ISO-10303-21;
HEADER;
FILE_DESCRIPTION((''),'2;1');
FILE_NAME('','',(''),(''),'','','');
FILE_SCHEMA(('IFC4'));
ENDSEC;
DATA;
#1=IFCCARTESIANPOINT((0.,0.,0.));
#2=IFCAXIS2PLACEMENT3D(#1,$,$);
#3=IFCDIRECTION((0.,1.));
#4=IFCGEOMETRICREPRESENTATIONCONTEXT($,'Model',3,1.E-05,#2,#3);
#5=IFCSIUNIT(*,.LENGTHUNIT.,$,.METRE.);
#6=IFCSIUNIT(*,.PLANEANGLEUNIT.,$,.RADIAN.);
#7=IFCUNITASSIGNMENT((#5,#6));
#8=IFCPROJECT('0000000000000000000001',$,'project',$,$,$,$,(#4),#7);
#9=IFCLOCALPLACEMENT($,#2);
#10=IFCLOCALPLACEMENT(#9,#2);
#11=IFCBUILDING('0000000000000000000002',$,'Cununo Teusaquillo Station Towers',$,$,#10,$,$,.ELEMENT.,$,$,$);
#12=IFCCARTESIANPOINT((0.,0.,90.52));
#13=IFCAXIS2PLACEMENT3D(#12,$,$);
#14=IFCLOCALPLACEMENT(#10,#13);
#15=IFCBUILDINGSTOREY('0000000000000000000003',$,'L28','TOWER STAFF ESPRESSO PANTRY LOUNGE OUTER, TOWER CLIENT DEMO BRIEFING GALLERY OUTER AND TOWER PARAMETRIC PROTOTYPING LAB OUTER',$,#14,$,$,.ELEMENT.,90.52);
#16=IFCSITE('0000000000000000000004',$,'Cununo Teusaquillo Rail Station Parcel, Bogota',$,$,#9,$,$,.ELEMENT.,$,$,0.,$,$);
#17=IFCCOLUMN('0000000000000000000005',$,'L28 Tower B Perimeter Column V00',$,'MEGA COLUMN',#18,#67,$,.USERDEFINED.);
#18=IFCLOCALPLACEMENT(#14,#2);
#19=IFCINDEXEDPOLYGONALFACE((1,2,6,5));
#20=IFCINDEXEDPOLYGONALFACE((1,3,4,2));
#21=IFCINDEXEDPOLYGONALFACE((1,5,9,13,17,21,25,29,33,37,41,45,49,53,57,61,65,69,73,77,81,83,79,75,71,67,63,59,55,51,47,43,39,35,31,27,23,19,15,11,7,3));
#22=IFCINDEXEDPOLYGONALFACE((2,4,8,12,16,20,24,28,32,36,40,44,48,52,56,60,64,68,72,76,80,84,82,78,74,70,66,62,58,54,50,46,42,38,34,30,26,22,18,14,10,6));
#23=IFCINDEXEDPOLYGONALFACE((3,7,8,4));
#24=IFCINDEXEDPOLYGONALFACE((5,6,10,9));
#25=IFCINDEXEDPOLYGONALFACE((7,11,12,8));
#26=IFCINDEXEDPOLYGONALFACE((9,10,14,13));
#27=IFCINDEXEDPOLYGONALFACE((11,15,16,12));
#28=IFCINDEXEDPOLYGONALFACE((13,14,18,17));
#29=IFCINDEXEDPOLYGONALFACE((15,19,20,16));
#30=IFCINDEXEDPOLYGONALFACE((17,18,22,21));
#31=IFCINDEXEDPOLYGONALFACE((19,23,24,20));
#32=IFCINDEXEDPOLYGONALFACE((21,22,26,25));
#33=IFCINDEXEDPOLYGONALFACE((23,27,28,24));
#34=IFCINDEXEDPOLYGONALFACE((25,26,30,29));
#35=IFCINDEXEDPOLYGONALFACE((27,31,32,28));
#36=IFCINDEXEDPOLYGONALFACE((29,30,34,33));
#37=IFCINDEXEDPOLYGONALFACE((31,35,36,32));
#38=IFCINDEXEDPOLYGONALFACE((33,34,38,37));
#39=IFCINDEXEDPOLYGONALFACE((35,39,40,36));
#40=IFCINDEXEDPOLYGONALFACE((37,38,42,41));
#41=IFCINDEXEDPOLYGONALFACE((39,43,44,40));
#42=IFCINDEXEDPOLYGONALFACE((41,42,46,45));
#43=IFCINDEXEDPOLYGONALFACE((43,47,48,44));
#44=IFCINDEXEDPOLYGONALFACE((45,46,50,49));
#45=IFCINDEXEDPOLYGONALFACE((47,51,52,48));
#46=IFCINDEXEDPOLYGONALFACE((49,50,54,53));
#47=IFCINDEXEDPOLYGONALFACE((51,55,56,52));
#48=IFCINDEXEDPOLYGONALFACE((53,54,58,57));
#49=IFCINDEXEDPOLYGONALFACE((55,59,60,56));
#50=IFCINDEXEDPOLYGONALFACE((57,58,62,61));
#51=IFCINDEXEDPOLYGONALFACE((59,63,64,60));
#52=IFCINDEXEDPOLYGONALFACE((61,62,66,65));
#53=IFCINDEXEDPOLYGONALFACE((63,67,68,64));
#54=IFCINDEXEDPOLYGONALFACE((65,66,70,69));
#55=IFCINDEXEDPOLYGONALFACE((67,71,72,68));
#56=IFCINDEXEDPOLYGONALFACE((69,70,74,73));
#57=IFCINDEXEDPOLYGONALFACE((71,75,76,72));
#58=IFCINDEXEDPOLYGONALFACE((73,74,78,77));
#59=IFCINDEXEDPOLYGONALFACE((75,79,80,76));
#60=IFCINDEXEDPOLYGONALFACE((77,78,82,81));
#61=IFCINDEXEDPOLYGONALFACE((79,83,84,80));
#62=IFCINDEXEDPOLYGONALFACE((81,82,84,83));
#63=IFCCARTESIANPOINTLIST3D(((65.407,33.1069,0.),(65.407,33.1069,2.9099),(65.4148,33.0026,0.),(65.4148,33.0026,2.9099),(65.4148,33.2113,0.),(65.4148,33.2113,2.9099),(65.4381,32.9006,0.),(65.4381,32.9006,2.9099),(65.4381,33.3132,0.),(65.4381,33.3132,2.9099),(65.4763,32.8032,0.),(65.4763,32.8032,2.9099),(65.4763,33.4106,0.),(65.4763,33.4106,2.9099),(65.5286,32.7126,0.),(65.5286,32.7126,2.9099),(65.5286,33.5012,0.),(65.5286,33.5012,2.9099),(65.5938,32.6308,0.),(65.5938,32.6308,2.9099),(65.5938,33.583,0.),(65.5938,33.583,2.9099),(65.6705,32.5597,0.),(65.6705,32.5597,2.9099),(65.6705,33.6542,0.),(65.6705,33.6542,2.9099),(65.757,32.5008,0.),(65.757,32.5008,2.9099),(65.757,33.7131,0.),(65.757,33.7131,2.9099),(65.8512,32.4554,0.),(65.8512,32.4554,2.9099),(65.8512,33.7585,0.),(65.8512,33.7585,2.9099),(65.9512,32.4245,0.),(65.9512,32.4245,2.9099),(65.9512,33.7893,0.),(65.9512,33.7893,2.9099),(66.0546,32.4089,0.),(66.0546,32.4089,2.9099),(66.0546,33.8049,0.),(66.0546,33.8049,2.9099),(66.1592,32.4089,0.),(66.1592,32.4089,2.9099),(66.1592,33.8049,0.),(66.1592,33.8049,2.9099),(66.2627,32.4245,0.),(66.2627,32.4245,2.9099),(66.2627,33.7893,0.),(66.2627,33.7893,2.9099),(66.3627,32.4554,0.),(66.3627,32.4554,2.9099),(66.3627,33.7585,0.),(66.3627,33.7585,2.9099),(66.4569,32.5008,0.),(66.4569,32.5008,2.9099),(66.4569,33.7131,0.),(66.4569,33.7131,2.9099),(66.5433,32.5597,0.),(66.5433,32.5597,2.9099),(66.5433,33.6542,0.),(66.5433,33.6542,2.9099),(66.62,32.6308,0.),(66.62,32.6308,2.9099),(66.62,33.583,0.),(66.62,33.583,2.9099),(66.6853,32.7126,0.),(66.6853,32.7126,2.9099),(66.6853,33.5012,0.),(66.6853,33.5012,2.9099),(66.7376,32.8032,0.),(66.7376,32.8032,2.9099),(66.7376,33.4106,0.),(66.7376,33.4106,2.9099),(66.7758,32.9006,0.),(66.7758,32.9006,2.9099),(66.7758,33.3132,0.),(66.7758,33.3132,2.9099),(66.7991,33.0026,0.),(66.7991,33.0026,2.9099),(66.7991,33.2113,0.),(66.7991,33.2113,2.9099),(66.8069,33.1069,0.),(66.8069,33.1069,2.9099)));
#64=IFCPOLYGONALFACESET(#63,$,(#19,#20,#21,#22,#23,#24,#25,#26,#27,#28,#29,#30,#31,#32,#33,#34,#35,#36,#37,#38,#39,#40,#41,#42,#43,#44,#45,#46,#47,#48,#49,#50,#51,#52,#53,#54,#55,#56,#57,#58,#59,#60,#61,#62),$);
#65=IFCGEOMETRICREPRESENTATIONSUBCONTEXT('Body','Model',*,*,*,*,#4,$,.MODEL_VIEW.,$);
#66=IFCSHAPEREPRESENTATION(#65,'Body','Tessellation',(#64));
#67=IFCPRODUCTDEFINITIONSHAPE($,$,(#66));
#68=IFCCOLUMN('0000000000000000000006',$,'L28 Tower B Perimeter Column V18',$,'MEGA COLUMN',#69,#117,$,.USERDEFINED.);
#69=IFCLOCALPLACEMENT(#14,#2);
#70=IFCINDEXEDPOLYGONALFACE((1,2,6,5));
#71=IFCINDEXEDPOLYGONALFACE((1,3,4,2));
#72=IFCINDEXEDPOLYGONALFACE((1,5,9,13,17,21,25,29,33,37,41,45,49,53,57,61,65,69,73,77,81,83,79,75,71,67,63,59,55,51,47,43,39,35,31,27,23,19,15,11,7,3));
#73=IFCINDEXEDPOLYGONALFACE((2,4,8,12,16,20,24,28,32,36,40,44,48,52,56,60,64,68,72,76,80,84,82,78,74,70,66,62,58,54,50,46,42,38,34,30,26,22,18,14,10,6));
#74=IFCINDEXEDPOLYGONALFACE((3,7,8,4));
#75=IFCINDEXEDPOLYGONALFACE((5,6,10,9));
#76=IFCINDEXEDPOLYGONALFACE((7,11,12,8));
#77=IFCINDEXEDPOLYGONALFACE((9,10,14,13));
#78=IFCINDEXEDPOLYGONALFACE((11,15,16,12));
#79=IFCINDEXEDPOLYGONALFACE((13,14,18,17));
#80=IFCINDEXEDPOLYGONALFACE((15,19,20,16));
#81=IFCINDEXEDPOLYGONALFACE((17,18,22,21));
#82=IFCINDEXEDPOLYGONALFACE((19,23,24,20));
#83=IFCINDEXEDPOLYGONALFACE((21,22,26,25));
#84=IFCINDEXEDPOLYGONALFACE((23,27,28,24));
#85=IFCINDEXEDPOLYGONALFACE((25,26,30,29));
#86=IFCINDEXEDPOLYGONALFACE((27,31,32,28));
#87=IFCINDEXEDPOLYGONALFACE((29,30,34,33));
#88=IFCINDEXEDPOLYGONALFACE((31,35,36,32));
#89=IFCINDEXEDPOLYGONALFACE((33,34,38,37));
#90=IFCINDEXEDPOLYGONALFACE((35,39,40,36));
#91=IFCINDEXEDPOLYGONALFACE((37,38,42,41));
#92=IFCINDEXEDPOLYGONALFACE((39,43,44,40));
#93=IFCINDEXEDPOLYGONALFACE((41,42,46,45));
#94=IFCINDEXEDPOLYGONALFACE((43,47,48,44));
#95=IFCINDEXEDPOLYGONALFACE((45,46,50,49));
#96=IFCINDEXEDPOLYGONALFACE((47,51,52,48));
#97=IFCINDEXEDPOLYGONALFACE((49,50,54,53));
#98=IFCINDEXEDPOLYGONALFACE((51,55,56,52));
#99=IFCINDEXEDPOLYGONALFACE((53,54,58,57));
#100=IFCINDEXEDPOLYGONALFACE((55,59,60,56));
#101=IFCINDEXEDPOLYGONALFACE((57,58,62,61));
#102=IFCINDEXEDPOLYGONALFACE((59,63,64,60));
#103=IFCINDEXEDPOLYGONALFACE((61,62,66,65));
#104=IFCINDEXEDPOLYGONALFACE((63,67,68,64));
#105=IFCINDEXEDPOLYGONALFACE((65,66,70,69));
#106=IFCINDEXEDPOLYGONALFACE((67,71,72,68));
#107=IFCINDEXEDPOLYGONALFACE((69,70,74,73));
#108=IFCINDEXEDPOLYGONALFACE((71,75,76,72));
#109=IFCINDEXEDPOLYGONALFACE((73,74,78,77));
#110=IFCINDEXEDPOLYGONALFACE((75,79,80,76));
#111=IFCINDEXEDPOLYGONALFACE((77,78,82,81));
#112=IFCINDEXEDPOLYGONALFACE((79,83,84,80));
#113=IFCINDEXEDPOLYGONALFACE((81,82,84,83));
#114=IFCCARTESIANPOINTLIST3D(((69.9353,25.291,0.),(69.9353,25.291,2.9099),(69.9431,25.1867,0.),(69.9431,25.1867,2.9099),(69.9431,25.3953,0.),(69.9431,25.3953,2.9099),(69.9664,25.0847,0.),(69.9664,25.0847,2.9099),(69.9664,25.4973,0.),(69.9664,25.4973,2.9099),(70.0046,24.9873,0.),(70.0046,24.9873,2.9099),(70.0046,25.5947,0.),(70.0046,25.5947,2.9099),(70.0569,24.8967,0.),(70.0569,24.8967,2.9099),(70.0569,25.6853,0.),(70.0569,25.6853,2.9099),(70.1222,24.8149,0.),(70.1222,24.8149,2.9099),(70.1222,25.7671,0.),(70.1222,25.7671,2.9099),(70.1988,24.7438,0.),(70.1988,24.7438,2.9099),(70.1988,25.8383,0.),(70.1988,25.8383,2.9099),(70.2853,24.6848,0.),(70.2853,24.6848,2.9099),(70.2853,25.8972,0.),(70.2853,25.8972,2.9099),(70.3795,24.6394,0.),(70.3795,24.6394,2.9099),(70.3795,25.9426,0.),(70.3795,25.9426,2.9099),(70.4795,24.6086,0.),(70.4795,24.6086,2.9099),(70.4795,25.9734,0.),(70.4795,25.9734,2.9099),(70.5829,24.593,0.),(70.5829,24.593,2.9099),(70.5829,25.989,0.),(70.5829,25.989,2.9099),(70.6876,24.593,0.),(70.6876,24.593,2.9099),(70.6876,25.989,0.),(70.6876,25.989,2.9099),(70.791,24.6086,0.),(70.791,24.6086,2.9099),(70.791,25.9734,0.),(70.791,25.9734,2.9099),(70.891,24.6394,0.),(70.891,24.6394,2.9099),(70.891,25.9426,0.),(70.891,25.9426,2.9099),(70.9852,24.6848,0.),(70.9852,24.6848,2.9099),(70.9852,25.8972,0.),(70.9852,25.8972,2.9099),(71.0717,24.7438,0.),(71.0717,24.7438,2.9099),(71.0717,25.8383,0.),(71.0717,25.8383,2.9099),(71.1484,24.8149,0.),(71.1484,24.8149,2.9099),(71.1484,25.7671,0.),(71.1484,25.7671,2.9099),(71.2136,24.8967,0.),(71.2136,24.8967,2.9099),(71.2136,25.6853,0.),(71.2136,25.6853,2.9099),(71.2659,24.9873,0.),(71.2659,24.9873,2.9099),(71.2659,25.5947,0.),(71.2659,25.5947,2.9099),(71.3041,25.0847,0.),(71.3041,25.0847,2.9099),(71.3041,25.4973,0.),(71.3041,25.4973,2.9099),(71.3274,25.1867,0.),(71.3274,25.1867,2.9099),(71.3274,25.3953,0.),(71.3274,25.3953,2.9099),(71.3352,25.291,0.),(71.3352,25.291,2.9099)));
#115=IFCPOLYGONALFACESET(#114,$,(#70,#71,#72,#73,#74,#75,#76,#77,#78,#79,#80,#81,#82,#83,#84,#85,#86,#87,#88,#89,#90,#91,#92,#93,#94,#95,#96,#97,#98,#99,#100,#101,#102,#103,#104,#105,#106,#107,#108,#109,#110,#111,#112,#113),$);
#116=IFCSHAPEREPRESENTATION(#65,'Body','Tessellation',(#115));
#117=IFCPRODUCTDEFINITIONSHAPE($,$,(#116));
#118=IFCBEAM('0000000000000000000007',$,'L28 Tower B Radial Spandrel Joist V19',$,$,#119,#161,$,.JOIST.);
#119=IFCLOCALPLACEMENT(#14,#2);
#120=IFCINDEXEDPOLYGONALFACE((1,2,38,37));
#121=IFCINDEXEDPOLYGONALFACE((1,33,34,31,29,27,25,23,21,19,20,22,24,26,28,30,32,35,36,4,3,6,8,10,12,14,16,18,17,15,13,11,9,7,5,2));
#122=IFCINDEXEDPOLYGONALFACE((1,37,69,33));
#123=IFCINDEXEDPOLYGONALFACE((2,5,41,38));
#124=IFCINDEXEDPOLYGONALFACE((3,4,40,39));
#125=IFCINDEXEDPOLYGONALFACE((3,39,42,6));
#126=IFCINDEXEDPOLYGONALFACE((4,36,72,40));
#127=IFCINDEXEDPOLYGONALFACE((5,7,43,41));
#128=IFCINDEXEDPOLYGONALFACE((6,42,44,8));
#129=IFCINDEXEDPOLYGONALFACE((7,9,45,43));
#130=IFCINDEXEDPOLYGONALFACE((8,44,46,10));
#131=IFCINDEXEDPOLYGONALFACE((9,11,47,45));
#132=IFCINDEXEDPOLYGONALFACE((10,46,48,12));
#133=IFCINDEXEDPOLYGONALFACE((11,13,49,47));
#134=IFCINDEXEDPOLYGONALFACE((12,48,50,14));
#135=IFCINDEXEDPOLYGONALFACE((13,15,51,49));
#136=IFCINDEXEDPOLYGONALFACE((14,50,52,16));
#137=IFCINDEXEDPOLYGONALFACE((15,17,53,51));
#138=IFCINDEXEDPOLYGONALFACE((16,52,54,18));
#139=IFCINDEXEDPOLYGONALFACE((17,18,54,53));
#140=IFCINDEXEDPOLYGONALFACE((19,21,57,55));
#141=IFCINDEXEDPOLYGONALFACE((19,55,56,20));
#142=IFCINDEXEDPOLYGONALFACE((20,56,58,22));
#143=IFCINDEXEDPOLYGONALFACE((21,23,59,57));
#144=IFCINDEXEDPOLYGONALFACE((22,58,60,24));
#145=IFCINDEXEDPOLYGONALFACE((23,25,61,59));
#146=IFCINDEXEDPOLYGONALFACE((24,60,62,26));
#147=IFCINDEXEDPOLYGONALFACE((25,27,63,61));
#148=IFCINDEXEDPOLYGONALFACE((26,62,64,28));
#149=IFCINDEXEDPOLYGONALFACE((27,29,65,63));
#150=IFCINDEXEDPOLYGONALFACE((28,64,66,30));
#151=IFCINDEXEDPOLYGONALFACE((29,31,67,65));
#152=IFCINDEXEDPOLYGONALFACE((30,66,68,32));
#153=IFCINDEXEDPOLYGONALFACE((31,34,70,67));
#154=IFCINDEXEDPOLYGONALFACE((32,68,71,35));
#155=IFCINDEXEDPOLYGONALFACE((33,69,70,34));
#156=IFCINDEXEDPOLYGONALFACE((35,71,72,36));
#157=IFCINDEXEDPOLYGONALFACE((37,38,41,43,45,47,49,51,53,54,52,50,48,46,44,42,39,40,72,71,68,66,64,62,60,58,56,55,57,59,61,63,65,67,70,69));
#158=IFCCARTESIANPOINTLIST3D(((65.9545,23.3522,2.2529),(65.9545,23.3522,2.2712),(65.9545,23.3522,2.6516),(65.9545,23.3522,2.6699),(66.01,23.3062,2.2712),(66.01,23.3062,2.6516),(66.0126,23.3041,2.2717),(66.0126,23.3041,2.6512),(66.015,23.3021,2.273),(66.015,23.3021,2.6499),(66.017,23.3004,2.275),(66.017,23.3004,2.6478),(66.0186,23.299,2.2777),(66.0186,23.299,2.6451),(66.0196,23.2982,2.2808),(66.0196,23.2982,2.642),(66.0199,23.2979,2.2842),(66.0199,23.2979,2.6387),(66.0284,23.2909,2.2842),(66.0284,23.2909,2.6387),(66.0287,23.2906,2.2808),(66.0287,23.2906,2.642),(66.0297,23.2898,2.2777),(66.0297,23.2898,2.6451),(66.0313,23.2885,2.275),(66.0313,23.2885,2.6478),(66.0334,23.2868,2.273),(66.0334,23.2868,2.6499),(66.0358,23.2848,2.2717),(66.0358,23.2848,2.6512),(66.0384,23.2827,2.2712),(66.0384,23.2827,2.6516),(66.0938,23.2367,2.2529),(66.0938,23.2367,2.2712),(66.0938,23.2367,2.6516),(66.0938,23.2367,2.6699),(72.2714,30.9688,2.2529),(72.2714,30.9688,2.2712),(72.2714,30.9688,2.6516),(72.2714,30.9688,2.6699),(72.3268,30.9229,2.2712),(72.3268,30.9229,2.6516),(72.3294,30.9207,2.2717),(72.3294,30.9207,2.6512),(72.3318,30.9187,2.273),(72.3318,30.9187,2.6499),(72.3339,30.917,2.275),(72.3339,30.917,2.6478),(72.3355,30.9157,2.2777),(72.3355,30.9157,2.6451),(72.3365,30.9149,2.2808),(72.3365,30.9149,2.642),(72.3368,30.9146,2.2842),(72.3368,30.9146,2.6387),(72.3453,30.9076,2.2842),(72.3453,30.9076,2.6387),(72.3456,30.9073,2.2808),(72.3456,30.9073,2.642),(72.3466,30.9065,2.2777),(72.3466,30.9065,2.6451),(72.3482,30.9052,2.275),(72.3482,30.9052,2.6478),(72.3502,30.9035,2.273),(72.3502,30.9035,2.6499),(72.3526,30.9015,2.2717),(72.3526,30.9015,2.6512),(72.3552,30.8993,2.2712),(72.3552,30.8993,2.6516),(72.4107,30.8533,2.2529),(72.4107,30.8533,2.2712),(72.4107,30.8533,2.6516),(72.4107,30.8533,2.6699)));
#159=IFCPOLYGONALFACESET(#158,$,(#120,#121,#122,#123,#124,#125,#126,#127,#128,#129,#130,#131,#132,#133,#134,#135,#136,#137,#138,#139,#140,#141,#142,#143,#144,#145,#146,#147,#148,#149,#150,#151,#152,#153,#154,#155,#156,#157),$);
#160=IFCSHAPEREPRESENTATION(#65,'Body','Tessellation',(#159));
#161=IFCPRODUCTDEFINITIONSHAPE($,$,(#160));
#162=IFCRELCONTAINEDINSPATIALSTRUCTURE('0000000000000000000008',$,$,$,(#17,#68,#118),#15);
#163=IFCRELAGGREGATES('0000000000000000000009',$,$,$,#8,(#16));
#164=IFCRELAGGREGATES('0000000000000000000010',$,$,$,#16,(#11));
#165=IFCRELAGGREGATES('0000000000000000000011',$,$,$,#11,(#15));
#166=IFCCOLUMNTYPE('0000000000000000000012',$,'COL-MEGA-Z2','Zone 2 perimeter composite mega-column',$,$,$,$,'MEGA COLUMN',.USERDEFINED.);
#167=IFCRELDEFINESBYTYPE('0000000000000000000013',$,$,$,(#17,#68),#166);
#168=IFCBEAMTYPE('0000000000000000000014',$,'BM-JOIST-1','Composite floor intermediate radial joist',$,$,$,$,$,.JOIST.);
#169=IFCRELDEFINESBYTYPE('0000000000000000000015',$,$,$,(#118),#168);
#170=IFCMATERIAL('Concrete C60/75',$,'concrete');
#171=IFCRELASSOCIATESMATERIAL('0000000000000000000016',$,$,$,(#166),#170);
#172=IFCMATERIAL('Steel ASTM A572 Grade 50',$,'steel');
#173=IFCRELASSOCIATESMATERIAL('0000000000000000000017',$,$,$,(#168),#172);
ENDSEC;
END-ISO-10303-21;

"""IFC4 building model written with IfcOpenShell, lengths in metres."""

from ifc_helpers import new_model, si_unit, direction, frame, origin, origin_2d, place, context, subcontext, project, spatial, circle, i_section, extrude, material, material_profile, profile_set, type_object, element, save


model = new_model("IFC4")

# Units and contexts
model_context = context("Model", 3, precision=1e-05, world=origin(), true_north=direction((0.0, 1.0)))
body_context = subcontext(model_context, "Body", "Model", "MODEL_VIEW")
ifc_project = project(units=[si_unit("LENGTHUNIT", "METRE"), si_unit("PLANEANGLEUNIT", "RADIAN")], contexts=[model_context])

# Site, building, storey
site_placement = place(None, origin())
site = spatial("IfcSite", under=ifc_project, at=site_placement, Name="Cununo Teusaquillo Rail Station Parcel, Bogota", CompositionType="ELEMENT", RefElevation=0.0)
building_placement = place(site_placement, origin())
building = spatial("IfcBuilding", under=site, at=building_placement, Name="Cununo Teusaquillo Station Towers", CompositionType="ELEMENT")
storey_placement = place(building_placement, frame((0.0, 0.0, 90.52)))
storey = spatial("IfcBuildingStorey", under=building, at=storey_placement, Name="L28", Description="TOWER STAFF ESPRESSO PANTRY LOUNGE OUTER, TOWER CLIENT DEMO BRIEFING GALLERY OUTER AND TOWER PARAMETRIC PROTOTYPING LAB OUTER", CompositionType="ELEMENT", Elevation=90.52)

# Columns
ifc_material_1 = material(Name="Concrete C60/75", Category="concrete")
ifc_material_profile_1 = material_profile(ifc_material_1, circle(Radius=0.7, at=origin_2d()), Name="RC-CIRC-1400")
ifc_profile_set_1 = profile_set([ifc_material_profile_1], Name="Concrete C60/75")
column_type = type_object("IfcColumnType", Name="COL-MEGA-Z2", Description="Zone 2 perimeter composite mega-column", ElementType="MEGA COLUMN", PredefinedType="USERDEFINED", material=ifc_profile_set_1)
for number, where, z_axis, x_axis, name in (
    (1, (66.1069, 33.1069, 0.0), (0.0, 0.0, 1.0), (1.0, 0.0, 0.0), "L28 Tower B Perimeter Column V00"),
    (2, (70.6353, 25.291, 0.0), (0.0, 0.0, 1.0), (1.0, 0.0, 0.0), "L28 Tower B Perimeter Column V18"),
):
    element("IfcColumn", number, at=place(storey_placement, frame(where, z_axis=z_axis, x_axis=x_axis)), inside=storey, type_object=column_type, Name=name, ObjectType="MEGA COLUMN", PredefinedType="USERDEFINED", context=body_context, shape_type="SweptSolid", body=[
        extrude(circle(Radius=0.7, at=origin_2d()), origin(), (0.0, 0.0, 1.0), 2.9099),
    ])

# Beam
ifc_material_2 = material(Name="Steel ASTM A572 Grade 50", Category="steel")
ifc_material_profile_2 = material_profile(ifc_material_2, i_section(OverallWidth=0.1809, OverallDepth=0.417, WebThickness=0.011, FlangeThickness=0.0183, FilletRadius=0.0129, at=origin_2d()), Name="W16X57")
ifc_profile_set_2 = profile_set([ifc_material_profile_2], Name="Steel ASTM A572 Grade 50")
beam_type_1 = type_object("IfcBeamType", Name="BM-JOIST-1", Description="Composite floor intermediate radial joist", PredefinedType="JOIST", material=ifc_profile_set_2)
beam_1_placement = place(storey_placement, frame((66.0242, 23.2944, 2.4614), z_axis=(0.638372, 0.769728, 0.0), x_axis=(-0.769728, 0.638372, 0.0)))
element("IfcBeam", 3, at=beam_1_placement, inside=storey, type_object=beam_type_1, Name="L28 Tower B Radial Spandrel Joist V19", PredefinedType="JOIST", context=body_context, shape_type="SweptSolid", body=[
    extrude(i_section(OverallWidth=0.1809, OverallDepth=0.417, WebThickness=0.011, FlangeThickness=0.0183, FilletRadius=0.0129, at=origin_2d()), origin(), (0.0, 0.0, 1.0), 9.8953),
])

save(model, "model.ifc")
